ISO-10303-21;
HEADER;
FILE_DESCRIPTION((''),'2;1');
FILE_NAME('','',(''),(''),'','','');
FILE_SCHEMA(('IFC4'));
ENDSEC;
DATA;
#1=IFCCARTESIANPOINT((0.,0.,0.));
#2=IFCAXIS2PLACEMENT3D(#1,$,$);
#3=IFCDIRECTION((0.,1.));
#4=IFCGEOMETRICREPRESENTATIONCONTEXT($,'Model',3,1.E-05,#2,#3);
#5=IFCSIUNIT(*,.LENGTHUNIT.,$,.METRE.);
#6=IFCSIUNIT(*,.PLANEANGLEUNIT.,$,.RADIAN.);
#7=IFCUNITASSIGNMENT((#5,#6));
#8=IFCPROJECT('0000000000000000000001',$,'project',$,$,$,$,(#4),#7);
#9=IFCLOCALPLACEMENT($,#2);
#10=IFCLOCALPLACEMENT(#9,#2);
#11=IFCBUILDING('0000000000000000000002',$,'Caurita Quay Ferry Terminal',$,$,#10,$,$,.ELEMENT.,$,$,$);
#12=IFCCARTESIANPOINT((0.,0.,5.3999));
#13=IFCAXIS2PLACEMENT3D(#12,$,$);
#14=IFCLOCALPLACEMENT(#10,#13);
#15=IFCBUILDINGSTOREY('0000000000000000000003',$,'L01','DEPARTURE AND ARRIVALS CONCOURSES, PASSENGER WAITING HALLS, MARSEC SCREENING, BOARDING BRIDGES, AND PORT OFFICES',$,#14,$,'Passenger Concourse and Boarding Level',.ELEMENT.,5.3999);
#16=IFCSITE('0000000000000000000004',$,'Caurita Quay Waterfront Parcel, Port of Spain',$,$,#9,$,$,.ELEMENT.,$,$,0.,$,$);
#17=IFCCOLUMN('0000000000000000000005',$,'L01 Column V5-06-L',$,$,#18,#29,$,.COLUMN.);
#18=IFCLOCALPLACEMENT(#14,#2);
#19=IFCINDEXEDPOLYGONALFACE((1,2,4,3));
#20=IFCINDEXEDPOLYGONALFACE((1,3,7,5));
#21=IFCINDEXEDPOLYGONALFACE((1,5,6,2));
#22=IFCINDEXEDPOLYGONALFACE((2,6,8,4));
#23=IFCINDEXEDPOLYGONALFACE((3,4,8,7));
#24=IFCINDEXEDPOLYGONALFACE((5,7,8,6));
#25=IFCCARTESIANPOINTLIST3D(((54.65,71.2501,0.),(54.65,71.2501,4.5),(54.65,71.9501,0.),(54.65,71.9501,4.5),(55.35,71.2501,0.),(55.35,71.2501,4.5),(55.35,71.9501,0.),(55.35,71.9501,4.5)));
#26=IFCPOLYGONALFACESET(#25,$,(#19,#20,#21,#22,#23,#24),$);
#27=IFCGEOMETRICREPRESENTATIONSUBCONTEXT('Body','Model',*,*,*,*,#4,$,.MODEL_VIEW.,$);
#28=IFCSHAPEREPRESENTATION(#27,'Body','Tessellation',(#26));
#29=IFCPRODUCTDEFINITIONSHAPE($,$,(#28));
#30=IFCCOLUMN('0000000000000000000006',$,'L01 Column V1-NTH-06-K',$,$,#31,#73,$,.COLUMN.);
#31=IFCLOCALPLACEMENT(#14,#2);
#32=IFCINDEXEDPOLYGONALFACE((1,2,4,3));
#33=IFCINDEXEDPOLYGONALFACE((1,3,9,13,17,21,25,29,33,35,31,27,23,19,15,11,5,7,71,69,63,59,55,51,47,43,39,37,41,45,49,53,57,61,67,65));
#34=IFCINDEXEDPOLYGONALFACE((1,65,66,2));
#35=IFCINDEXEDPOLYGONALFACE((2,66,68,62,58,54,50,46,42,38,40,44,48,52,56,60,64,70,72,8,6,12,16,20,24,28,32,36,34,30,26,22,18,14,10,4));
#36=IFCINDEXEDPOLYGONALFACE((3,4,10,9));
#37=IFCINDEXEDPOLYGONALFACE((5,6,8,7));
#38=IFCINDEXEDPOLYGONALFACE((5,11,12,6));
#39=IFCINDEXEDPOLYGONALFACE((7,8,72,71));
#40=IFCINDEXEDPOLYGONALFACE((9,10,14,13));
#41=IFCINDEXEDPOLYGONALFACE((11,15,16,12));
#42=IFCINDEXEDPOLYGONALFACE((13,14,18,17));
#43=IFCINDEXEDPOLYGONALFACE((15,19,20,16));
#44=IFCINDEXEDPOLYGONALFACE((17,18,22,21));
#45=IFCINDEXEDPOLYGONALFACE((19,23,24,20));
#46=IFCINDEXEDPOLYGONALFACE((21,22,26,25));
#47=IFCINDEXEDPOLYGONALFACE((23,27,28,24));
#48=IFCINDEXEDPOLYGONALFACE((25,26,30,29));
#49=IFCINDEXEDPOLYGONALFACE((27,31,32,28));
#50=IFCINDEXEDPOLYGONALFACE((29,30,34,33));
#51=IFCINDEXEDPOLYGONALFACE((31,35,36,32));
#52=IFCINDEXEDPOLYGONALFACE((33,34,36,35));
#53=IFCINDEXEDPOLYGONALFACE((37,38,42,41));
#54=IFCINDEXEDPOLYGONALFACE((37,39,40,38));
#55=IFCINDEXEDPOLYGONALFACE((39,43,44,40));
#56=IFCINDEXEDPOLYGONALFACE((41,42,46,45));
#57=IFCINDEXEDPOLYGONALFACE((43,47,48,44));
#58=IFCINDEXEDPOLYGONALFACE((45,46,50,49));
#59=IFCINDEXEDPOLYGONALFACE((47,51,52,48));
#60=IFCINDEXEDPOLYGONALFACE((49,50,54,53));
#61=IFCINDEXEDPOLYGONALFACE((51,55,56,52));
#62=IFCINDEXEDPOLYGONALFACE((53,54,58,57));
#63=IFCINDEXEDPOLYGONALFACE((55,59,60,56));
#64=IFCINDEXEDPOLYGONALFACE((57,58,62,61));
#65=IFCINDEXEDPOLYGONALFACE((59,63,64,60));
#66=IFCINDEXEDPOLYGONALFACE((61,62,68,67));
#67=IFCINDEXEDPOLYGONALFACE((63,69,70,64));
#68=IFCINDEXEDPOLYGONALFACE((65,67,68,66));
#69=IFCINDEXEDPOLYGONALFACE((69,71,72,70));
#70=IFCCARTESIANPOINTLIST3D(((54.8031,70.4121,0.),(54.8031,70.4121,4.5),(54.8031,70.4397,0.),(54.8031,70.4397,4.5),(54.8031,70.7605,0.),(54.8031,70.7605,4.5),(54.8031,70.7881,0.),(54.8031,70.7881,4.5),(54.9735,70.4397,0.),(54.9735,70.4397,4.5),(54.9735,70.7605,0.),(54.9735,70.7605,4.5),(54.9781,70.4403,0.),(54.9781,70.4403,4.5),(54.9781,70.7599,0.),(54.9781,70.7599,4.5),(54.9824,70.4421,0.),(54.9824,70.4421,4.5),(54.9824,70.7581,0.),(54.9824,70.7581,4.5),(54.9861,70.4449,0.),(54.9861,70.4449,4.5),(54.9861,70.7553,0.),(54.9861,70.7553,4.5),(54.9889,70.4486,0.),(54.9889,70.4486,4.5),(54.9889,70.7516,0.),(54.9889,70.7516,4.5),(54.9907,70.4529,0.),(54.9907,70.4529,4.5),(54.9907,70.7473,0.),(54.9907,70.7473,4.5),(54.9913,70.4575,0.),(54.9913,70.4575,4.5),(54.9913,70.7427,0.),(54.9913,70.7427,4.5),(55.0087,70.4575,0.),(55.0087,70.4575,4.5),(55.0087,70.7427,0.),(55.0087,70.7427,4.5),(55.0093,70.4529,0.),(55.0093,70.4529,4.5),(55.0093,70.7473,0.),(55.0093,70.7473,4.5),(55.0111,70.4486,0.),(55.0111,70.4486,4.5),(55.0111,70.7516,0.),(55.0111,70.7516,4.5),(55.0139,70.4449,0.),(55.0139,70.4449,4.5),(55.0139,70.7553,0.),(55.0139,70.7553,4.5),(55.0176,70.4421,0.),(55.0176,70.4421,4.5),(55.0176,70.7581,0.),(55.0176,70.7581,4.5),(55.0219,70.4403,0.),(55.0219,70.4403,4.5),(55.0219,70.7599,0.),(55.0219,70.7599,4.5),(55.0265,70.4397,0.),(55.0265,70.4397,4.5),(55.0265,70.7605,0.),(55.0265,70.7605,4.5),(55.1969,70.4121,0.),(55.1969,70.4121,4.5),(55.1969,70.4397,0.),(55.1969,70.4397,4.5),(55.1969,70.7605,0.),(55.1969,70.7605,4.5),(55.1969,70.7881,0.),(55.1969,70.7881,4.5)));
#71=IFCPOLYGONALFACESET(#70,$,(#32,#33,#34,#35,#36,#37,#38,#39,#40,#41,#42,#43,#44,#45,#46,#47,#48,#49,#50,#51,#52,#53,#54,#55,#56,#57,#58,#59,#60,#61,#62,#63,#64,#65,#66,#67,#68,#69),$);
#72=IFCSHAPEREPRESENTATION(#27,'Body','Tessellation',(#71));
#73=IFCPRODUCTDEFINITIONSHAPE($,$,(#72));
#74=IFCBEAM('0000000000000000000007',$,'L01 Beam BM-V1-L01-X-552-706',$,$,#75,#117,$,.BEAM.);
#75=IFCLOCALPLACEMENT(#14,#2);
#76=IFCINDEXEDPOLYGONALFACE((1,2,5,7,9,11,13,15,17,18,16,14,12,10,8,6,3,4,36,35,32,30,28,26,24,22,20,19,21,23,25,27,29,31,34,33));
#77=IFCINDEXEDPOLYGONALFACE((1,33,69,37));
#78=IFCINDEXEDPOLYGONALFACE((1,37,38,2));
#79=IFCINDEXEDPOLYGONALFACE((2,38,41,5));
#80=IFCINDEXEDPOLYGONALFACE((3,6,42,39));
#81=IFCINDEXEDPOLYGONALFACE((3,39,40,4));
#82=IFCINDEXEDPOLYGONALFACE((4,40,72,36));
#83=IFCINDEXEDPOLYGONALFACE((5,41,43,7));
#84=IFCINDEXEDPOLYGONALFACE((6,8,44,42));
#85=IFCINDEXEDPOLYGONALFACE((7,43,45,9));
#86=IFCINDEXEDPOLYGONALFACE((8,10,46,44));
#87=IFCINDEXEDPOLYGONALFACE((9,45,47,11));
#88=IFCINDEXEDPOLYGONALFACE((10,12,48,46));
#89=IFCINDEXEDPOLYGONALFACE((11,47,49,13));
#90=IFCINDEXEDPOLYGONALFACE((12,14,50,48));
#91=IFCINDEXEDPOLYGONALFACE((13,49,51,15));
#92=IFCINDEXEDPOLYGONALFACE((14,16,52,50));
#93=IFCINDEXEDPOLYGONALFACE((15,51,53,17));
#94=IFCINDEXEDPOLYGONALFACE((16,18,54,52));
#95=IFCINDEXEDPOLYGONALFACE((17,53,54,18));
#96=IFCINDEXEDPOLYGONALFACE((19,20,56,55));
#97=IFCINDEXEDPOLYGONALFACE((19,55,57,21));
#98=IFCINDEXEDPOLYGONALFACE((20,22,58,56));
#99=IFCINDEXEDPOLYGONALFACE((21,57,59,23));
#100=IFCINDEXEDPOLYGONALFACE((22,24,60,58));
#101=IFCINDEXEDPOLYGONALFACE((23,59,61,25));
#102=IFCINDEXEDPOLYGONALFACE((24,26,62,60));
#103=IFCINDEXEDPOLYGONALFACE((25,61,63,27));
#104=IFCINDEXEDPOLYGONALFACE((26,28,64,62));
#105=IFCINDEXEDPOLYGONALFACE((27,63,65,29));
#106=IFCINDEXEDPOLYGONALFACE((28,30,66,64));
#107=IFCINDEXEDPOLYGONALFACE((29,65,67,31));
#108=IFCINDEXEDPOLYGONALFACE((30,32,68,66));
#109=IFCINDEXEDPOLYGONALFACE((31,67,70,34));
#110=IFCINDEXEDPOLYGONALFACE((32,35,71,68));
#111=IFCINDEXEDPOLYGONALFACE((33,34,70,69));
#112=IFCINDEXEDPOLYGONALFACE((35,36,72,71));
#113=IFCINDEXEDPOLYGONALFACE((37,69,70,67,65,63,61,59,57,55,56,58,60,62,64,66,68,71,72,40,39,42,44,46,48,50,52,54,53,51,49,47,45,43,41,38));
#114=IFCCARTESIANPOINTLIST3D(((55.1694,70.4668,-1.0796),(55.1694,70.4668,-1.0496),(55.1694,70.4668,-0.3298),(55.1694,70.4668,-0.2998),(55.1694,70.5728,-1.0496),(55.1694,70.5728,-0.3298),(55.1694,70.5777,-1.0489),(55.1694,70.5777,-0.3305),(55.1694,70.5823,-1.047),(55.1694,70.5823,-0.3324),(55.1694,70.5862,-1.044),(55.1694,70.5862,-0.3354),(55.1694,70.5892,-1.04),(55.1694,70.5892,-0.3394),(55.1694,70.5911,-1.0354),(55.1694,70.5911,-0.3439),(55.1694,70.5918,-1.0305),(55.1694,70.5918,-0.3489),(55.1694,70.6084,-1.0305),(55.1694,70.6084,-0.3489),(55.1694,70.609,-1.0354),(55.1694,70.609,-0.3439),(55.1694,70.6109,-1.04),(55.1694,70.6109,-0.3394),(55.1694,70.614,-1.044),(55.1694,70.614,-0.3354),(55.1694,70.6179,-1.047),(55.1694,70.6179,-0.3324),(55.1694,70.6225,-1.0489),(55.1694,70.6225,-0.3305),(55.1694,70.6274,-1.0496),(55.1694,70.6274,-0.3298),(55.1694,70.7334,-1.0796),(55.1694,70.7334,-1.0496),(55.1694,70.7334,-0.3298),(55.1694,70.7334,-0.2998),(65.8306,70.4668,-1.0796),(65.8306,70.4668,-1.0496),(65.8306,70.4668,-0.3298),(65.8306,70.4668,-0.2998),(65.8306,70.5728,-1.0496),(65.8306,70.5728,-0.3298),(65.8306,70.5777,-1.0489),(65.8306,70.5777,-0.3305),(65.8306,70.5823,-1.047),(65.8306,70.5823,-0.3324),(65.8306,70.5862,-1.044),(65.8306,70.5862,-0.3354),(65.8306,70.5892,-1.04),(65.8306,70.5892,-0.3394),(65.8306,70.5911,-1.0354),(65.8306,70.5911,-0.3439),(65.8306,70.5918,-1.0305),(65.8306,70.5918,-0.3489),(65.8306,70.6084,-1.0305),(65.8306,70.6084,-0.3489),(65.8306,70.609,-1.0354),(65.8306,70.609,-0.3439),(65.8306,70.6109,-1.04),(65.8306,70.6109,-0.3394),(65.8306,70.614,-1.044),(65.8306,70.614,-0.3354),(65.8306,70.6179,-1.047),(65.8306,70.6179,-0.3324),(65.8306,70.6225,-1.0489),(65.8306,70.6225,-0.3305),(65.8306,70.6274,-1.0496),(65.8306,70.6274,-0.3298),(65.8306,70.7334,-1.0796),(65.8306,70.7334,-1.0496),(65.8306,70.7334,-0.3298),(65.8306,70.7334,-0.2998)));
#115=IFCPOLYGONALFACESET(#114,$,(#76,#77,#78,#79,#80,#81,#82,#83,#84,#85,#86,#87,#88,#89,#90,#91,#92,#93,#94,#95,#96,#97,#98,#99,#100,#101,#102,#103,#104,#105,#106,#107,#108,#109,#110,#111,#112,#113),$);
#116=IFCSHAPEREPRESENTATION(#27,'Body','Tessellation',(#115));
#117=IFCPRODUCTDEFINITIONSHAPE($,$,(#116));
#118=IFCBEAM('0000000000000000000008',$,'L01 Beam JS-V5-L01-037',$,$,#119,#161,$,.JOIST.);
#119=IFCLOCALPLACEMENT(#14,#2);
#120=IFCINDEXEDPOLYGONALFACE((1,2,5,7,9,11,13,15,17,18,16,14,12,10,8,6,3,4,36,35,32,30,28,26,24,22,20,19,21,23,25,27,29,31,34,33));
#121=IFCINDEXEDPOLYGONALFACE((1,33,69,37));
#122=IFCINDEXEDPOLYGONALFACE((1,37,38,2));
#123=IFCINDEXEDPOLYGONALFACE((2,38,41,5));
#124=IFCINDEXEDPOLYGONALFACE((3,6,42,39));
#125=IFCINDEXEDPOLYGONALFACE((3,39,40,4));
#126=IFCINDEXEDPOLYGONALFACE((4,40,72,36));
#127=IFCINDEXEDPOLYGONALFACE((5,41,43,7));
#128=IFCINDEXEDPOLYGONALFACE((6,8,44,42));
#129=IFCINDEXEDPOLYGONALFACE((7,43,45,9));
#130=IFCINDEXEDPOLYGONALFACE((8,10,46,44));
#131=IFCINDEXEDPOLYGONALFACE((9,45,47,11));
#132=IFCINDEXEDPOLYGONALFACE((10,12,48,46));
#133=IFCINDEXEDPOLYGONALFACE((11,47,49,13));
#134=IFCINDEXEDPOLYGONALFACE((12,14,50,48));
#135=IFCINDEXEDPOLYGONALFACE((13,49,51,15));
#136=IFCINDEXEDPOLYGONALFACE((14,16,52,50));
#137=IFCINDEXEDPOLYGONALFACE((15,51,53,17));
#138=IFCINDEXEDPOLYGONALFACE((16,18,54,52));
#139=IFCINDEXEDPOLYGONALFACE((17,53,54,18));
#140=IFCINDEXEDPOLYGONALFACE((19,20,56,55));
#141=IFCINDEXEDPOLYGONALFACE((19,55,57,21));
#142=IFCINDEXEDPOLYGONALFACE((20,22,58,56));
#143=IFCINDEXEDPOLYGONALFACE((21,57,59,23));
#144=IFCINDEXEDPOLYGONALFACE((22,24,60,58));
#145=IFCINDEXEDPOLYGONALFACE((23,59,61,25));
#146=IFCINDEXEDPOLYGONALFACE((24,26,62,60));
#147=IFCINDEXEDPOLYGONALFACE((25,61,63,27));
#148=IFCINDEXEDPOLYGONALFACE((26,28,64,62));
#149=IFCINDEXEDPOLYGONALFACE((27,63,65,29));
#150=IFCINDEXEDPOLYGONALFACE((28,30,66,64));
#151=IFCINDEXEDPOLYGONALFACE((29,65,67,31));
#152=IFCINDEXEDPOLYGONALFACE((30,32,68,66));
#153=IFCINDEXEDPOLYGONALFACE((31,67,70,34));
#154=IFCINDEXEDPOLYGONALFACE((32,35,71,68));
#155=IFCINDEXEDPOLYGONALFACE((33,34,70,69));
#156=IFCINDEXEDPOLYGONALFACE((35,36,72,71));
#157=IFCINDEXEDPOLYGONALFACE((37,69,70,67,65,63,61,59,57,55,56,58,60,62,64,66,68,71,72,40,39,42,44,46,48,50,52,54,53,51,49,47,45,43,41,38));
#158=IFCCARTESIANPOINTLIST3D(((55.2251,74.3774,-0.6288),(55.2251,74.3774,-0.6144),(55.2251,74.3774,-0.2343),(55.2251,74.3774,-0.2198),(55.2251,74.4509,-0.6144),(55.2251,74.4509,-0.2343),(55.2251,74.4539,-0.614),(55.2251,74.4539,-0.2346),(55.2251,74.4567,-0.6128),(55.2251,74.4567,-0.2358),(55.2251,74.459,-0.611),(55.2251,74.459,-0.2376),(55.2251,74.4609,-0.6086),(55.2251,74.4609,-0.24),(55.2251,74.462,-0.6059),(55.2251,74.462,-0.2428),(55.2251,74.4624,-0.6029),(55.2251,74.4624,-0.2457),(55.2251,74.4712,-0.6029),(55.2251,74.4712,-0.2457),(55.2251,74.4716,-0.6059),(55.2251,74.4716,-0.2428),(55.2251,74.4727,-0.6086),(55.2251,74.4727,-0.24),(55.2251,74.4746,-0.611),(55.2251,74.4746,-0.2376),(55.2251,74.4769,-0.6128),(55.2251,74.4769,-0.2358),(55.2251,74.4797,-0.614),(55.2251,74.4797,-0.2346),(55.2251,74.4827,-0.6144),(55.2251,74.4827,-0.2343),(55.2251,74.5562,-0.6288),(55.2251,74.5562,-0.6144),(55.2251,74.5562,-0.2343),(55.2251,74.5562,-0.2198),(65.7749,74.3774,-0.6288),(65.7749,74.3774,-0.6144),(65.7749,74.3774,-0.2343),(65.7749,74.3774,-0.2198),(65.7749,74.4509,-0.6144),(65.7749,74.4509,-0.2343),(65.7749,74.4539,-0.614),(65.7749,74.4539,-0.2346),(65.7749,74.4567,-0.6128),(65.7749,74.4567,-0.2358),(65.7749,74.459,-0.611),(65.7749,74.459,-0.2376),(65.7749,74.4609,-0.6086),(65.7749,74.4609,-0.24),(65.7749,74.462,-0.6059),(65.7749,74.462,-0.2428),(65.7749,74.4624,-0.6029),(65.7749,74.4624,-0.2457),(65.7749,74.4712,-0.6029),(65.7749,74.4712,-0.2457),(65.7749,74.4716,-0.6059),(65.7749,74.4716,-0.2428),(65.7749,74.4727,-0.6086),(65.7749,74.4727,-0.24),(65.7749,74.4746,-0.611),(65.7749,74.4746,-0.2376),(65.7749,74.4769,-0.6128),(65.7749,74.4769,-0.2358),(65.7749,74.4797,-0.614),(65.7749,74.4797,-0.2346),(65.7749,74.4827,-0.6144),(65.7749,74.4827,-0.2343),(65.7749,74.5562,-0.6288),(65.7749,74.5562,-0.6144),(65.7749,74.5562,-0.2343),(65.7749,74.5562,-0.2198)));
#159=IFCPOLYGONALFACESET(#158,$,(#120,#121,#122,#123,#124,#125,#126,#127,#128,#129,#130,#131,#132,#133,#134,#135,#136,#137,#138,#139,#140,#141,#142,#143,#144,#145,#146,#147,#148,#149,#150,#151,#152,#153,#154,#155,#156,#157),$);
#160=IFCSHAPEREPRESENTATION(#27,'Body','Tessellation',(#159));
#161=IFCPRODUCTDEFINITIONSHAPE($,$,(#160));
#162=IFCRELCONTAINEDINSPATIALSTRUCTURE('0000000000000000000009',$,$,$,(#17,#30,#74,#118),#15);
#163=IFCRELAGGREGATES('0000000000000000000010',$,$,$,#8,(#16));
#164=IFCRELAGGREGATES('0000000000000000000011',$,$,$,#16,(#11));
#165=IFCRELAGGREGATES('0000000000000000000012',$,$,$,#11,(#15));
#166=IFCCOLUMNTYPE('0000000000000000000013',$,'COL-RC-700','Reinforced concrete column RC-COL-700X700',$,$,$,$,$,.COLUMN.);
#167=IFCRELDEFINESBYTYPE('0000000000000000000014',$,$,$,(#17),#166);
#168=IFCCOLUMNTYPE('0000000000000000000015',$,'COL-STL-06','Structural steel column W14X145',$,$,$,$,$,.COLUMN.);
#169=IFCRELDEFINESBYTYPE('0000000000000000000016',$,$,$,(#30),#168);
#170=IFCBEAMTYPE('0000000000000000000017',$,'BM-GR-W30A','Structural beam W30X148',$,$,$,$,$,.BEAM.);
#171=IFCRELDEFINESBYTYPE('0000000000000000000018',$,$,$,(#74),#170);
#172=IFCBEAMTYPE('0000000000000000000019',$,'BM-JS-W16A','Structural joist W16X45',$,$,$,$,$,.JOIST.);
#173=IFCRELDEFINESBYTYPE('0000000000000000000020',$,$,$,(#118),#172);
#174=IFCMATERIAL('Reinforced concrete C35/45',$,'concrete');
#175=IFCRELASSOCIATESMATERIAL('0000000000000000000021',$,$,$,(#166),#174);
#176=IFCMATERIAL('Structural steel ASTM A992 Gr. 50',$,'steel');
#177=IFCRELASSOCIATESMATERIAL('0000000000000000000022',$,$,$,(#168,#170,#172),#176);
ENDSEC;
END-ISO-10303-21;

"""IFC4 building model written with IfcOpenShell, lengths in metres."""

from ifc_helpers import new_model, si_unit, direction, frame, origin, origin_2d, place, context, subcontext, project, spatial, rectangle, i_section, extrude, material, material_profile, profile_set, type_object, element, save


model = new_model("IFC4")

# Units and contexts
model_context = context("Model", 3, precision=1e-05, world=origin(), true_north=direction((0.0, 1.0)))
body_context = subcontext(model_context, "Body", "Model", "MODEL_VIEW")
ifc_project = project(units=[si_unit("LENGTHUNIT", "METRE"), si_unit("PLANEANGLEUNIT", "RADIAN")], contexts=[model_context])

# Site, building, storey
site_placement = place(None, origin())
site = spatial("IfcSite", under=ifc_project, at=site_placement, Name="Caurita Quay Waterfront Parcel, Port of Spain", CompositionType="ELEMENT", RefElevation=0.0)
building_placement = place(site_placement, origin())
building = spatial("IfcBuilding", under=site, at=building_placement, Name="Caurita Quay Ferry Terminal", CompositionType="ELEMENT")
storey_placement = place(building_placement, frame((0.0, 0.0, 5.3999)))
storey = spatial("IfcBuildingStorey", under=building, at=storey_placement, Name="L01", Description="DEPARTURE AND ARRIVALS CONCOURSES, PASSENGER WAITING HALLS, MARSEC SCREENING, BOARDING BRIDGES, AND PORT OFFICES", LongName="Passenger Concourse and Boarding Level", CompositionType="ELEMENT", Elevation=5.3999)

# Columns
ifc_material_1 = material(Name="Reinforced concrete C35/45", Category="concrete")
ifc_material_profile_1 = material_profile(ifc_material_1, rectangle(XDim=0.7, YDim=0.7, at=origin_2d()), Name="RC-COL-700X700")
ifc_profile_set_1 = profile_set([ifc_material_profile_1], Name="Reinforced concrete C35/45")
column_type_1 = type_object("IfcColumnType", Name="COL-RC-700", Description="Reinforced concrete column RC-COL-700X700", PredefinedType="COLUMN", material=ifc_profile_set_1)
column_1_placement = place(storey_placement, frame((55.0, 71.6001, 0.0), z_axis=(0.0, 0.0, 1.0), x_axis=(1.0, 0.0, 0.0)))
element("IfcColumn", 1, at=column_1_placement, inside=storey, type_object=column_type_1, Name="L01 Column V5-06-L", PredefinedType="COLUMN", context=body_context, shape_type="SweptSolid", body=[
    extrude(rectangle(XDim=0.7, YDim=0.7, at=origin_2d()), origin(), (0.0, 0.0, 1.0), 4.5),
])
ifc_material_2 = material(Name="Structural steel ASTM A992 Gr. 50", Category="steel")
ifc_material_profile_2 = material_profile(ifc_material_2, i_section(OverallWidth=0.3938, OverallDepth=0.376, WebThickness=0.0173, FlangeThickness=0.0276, FilletRadius=0.0178, at=origin_2d()), Name="W14X145")
ifc_profile_set_2 = profile_set([ifc_material_profile_2], Name="Structural steel ASTM A992 Gr. 50")
column_type_2 = type_object("IfcColumnType", Name="COL-STL-06", Description="Structural steel column W14X145", PredefinedType="COLUMN", material=ifc_profile_set_2)
column_2_placement = place(storey_placement, frame((55.0, 70.6001, 0.0), z_axis=(0.0, 0.0, 1.0), x_axis=(1.0, 0.0, 0.0)))
element("IfcColumn", 2, at=column_2_placement, inside=storey, type_object=column_type_2, Name="L01 Column V1-NTH-06-K", PredefinedType="COLUMN", context=body_context, shape_type="SweptSolid", body=[
    extrude(i_section(OverallWidth=0.3938, OverallDepth=0.376, WebThickness=0.0173, FlangeThickness=0.0276, FilletRadius=0.0178, at=origin_2d()), origin(), (0.0, 0.0, 1.0), 4.5),
])

# Beams
ifc_material_profile_3 = material_profile(ifc_material_2, i_section(OverallWidth=0.2666, OverallDepth=0.7798, WebThickness=0.0166, FlangeThickness=0.03, FilletRadius=0.019, at=origin_2d()), Name="W30X148")
ifc_profile_set_3 = profile_set([ifc_material_profile_3], Name="Structural steel ASTM A992 Gr. 50")
beam_type_1 = type_object("IfcBeamType", Name="BM-GR-W30A", Description="Structural beam W30X148", PredefinedType="BEAM", material=ifc_profile_set_3)
beam_1_placement = place(storey_placement, frame((55.1694, 70.6001, -0.6897), z_axis=(1.0, 0.0, 0.0), x_axis=(0.0, 1.0, 0.0)))
element("IfcBeam", 3, at=beam_1_placement, inside=storey, type_object=beam_type_1, Name="L01 Beam BM-V1-L01-X-552-706", PredefinedType="BEAM", context=body_context, shape_type="SweptSolid", body=[
    extrude(i_section(OverallWidth=0.2666, OverallDepth=0.7798, WebThickness=0.0166, FlangeThickness=0.03, FilletRadius=0.019, at=origin_2d()), origin(), (0.0, 0.0, 1.0), 10.6611),
])
ifc_material_profile_4 = material_profile(ifc_material_2, i_section(OverallWidth=0.1787, OverallDepth=0.4089, WebThickness=0.0088, FlangeThickness=0.0144, FilletRadius=0.0115, at=origin_2d()), Name="W16X45")
ifc_profile_set_4 = profile_set([ifc_material_profile_4], Name="Structural steel ASTM A992 Gr. 50")
beam_type_2 = type_object("IfcBeamType", Name="BM-JS-W16A", Description="Structural joist W16X45", PredefinedType="JOIST", material=ifc_profile_set_4)
for number, where, z_axis, x_axis, name in (
    (4, (55.2251, 74.4668, -0.4243), (1.0, 0.0, 0.0), (0.0, 1.0, 0.0), "L01 Beam JS-V5-L01-037"),
):
    element("IfcBeam", number, at=place(storey_placement, frame(where, z_axis=z_axis, x_axis=x_axis)), inside=storey, type_object=beam_type_2, Name=name, PredefinedType="JOIST", context=body_context, shape_type="SweptSolid", body=[
        extrude(i_section(OverallWidth=0.1787, OverallDepth=0.4089, WebThickness=0.0088, FlangeThickness=0.0144, FilletRadius=0.0115, at=origin_2d()), origin(), (0.0, 0.0, 1.0), 10.5498),
    ])

save(model, "model.ifc")
